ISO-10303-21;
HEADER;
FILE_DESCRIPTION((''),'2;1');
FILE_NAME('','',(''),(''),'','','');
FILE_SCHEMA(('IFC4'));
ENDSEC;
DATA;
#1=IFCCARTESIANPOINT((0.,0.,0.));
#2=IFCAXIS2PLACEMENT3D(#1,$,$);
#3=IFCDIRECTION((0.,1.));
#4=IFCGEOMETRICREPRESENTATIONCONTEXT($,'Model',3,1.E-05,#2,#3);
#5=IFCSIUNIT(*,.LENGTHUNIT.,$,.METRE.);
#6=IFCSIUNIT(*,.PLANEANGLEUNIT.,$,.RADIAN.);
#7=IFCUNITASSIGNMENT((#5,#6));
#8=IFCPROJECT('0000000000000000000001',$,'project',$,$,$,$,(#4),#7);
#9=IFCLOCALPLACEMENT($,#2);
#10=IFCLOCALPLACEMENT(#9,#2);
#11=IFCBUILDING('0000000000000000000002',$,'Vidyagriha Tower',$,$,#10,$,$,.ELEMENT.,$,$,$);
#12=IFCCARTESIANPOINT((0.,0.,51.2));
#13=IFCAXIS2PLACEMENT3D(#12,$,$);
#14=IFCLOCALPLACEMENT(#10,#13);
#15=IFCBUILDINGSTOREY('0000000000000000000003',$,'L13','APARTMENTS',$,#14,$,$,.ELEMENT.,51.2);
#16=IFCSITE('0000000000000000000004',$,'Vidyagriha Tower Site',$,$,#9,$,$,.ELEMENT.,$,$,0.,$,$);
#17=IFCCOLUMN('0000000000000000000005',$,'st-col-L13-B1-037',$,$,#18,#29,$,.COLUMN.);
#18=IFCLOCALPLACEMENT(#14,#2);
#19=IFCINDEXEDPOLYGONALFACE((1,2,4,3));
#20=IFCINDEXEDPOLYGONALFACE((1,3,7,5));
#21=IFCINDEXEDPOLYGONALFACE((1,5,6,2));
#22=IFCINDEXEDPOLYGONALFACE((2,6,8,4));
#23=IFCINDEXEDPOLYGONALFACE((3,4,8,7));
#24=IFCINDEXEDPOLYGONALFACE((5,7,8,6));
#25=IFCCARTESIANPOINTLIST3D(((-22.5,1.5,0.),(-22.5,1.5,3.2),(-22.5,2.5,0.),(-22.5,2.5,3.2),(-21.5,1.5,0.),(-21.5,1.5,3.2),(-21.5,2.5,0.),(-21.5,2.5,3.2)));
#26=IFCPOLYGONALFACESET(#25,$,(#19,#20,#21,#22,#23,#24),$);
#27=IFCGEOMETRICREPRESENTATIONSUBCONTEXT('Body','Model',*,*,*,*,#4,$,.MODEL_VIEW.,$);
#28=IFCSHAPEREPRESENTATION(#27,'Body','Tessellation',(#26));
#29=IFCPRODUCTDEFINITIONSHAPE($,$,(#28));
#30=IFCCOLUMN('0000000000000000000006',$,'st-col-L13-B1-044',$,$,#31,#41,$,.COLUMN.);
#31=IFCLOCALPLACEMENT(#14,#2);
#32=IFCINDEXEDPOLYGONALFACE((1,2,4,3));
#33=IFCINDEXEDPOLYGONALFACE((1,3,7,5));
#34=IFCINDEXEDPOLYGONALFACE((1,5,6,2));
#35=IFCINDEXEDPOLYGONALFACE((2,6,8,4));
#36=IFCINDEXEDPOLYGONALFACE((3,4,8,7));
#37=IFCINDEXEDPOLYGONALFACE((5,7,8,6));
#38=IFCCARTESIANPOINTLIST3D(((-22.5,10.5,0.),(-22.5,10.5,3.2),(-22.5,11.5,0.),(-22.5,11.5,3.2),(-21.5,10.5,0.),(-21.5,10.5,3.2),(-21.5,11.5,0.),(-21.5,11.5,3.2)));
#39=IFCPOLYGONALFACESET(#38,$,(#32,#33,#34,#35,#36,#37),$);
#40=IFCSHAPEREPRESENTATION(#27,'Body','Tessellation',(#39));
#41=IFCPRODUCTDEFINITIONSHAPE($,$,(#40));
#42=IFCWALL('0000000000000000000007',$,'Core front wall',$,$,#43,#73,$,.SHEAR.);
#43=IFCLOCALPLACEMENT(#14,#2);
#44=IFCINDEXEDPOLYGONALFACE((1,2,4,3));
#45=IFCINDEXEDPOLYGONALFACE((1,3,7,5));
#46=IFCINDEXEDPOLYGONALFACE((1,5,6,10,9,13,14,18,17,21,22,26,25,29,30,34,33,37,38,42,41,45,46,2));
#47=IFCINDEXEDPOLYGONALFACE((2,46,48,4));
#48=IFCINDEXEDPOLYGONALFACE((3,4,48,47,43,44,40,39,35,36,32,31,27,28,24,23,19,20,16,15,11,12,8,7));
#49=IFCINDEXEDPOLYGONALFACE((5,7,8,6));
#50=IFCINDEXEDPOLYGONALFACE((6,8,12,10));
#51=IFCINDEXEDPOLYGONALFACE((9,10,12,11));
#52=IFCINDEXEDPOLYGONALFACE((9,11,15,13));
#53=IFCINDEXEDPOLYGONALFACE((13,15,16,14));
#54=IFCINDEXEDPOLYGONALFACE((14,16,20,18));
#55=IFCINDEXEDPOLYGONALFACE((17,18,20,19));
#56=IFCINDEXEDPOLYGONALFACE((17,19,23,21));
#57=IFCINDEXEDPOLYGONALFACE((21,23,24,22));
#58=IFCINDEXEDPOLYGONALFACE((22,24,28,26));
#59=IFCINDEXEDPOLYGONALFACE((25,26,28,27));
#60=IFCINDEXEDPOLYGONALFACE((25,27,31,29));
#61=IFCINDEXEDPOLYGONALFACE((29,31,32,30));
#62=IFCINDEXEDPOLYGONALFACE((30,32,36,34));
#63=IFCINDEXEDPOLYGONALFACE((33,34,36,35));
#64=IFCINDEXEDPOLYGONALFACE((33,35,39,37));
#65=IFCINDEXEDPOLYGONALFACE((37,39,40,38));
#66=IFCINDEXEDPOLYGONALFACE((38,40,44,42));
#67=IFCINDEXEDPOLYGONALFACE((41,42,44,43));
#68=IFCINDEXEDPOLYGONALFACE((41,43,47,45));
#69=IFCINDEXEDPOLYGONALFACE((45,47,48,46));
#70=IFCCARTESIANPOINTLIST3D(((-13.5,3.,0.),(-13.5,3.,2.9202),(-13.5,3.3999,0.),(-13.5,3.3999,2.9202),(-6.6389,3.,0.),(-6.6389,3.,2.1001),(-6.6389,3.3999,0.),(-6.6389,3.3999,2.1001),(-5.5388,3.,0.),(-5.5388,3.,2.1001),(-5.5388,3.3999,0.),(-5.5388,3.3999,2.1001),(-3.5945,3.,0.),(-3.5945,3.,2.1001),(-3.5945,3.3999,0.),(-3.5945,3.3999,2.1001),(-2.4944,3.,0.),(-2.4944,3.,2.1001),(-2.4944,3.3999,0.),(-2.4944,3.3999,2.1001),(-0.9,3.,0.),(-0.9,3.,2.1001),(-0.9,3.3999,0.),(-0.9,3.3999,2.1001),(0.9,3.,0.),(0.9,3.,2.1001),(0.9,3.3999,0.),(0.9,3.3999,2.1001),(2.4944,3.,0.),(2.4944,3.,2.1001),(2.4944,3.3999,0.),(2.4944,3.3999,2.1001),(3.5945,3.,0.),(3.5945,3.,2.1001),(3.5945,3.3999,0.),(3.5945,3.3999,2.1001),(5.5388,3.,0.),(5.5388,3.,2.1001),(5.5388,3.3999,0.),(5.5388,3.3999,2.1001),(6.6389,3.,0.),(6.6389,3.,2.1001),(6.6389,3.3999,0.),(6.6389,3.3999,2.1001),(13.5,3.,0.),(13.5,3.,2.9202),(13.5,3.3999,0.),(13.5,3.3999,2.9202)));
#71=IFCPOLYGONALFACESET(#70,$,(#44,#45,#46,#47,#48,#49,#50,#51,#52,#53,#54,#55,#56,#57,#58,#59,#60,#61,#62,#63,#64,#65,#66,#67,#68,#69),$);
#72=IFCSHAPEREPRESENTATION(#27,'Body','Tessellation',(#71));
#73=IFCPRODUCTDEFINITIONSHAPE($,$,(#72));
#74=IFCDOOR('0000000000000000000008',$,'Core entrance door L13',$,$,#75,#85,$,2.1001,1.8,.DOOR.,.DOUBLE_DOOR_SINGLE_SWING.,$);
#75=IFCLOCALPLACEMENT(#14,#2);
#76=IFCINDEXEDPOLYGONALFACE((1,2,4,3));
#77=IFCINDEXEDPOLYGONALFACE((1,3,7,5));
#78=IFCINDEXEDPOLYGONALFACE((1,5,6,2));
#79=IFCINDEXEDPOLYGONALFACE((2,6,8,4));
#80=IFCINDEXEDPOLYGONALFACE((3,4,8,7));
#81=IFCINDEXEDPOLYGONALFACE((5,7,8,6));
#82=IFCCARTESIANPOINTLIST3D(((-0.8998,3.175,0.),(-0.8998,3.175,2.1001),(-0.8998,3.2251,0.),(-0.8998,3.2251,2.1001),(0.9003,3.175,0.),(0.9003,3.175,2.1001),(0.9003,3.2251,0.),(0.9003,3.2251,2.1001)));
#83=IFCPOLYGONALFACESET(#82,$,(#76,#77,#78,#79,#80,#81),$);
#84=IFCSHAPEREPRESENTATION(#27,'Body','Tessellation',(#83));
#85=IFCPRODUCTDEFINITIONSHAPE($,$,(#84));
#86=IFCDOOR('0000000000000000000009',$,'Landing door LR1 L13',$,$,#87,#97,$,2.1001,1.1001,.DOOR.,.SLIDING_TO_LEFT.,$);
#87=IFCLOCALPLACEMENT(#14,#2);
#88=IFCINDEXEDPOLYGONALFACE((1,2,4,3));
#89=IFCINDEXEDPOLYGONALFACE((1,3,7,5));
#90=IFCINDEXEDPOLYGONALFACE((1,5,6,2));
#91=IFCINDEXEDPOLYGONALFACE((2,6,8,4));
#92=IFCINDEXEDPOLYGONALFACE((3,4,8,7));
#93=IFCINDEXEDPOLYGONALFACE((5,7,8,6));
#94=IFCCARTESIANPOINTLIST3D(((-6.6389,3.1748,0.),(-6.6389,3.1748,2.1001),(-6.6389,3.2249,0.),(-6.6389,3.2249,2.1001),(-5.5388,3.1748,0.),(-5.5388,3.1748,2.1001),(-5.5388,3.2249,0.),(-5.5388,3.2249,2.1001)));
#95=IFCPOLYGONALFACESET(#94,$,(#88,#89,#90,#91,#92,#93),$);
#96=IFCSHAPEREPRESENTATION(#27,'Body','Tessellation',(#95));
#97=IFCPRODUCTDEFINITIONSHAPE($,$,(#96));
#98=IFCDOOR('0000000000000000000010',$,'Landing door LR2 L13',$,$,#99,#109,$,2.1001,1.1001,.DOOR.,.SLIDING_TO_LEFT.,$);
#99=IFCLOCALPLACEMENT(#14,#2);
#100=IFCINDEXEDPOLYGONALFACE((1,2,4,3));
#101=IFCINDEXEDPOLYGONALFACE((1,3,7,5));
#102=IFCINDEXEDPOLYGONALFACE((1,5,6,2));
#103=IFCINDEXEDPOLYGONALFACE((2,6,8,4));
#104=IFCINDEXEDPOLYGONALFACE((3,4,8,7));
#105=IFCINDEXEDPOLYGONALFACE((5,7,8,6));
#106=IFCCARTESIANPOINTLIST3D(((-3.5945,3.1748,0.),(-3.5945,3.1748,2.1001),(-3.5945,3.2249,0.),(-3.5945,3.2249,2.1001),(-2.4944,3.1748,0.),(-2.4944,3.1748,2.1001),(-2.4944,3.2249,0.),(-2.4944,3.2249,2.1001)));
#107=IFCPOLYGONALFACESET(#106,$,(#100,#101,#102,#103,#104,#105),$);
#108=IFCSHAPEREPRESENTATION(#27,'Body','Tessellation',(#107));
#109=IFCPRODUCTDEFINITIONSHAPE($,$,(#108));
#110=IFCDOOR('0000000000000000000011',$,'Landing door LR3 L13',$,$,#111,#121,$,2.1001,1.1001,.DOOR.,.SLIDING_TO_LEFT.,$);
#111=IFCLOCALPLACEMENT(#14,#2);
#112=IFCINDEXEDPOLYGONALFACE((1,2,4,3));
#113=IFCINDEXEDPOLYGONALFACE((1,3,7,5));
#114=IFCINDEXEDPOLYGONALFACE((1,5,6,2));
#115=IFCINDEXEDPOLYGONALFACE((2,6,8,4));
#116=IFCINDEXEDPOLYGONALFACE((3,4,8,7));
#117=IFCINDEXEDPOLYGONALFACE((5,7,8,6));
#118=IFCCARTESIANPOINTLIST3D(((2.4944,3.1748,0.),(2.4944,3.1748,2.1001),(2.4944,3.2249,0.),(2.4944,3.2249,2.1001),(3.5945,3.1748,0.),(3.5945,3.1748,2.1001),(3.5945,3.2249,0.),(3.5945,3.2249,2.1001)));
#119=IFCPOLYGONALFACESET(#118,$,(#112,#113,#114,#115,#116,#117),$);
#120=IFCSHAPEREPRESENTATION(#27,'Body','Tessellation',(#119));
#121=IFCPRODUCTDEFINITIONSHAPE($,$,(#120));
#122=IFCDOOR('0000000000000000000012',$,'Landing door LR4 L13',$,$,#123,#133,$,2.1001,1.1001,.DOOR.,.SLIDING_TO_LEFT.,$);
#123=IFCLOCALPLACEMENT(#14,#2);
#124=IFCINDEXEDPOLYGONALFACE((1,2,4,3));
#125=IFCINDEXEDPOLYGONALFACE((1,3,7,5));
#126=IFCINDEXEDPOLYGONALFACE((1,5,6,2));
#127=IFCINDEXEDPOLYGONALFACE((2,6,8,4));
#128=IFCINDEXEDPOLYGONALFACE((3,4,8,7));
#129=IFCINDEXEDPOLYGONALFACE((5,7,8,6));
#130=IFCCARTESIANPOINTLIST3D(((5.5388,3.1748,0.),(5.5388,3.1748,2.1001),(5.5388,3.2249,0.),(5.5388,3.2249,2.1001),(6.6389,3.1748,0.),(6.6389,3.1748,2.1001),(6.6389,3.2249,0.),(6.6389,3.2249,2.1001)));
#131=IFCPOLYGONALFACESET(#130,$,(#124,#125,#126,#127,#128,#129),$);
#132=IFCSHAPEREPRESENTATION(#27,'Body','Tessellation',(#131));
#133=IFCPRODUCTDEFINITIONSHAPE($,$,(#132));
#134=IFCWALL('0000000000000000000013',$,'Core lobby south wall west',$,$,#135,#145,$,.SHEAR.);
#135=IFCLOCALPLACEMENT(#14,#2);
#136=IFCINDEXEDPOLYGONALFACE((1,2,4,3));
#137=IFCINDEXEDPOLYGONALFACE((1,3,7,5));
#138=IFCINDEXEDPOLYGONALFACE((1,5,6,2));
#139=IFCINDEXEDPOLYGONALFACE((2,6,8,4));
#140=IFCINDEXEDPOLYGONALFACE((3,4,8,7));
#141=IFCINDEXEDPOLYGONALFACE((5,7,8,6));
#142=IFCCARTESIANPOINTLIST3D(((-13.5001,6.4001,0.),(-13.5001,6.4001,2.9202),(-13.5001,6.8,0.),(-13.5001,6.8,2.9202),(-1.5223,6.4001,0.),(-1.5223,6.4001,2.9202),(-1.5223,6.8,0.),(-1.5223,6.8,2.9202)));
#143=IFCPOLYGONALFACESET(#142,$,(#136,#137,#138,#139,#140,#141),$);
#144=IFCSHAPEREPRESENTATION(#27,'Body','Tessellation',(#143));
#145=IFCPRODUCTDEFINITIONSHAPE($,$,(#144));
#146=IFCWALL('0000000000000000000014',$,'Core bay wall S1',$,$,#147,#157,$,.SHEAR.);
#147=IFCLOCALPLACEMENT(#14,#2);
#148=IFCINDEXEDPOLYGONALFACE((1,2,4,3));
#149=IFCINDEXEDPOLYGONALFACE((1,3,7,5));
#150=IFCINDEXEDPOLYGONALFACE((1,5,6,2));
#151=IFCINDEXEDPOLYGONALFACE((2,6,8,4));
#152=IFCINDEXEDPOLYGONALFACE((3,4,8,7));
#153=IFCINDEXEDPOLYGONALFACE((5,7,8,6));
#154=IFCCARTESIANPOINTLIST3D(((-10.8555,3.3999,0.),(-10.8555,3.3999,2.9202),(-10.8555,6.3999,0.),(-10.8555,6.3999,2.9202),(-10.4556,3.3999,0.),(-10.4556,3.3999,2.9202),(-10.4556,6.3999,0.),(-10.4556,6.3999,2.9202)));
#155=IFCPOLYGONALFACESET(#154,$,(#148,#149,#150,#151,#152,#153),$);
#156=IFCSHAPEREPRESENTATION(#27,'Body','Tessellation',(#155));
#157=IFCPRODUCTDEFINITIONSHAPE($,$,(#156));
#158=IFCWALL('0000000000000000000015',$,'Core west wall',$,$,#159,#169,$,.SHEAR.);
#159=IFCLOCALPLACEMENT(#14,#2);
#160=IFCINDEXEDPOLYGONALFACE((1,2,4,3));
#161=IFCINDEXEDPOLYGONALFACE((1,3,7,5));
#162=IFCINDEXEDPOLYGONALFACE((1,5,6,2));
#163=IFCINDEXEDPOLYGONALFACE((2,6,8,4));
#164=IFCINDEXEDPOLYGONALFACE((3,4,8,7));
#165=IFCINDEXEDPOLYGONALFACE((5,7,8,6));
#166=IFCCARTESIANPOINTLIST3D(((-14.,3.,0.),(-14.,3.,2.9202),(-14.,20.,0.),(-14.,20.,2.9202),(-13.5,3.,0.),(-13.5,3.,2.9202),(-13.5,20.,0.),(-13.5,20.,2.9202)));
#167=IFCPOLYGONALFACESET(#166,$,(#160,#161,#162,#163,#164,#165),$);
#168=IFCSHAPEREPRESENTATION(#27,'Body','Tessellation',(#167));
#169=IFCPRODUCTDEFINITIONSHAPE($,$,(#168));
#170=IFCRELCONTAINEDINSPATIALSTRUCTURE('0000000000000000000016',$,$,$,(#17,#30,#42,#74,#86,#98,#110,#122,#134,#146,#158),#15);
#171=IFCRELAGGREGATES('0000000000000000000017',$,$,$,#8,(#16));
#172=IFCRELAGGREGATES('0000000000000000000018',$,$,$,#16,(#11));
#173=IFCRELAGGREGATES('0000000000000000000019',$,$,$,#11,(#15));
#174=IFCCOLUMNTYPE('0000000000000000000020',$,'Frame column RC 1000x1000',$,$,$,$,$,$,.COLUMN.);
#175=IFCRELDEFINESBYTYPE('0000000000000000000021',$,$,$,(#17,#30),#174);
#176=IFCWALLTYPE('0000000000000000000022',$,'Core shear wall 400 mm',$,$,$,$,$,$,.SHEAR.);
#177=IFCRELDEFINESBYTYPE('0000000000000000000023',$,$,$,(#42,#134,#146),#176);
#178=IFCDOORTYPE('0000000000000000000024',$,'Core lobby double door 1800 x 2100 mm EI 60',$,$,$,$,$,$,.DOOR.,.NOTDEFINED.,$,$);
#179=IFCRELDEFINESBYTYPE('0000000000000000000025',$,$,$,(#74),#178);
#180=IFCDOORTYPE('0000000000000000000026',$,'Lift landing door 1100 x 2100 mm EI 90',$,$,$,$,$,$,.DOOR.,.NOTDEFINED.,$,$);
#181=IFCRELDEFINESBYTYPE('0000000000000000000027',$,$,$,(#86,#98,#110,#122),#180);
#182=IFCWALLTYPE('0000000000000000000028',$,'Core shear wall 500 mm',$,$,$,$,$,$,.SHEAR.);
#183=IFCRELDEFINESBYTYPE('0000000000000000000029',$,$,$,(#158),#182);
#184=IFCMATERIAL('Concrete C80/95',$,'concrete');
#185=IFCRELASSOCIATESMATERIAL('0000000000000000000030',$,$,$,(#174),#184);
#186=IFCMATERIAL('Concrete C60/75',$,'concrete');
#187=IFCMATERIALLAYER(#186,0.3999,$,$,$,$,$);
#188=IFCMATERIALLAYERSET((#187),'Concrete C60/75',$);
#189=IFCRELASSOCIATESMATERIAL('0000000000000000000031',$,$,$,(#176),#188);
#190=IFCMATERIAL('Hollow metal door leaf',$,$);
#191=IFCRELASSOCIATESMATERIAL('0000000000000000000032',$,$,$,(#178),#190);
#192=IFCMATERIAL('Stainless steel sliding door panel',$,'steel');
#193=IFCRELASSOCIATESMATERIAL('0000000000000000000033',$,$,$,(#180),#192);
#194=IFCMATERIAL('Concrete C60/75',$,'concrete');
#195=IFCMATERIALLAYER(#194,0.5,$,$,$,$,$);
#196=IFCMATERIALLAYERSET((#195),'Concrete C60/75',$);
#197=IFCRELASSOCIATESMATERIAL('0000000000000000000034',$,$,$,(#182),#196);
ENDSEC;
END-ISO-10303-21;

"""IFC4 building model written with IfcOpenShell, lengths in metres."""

from ifc_helpers import new_model, si_unit, direction, frame, frame_2d, origin, origin_2d, place, context, subcontext, project, spatial, rectangle, extrude, material, layer, layer_set, material_profile, profile_set, type_object, element, fill, save


model = new_model("IFC4")

# Units and contexts
model_context = context("Model", 3, precision=1e-05, world=origin(), true_north=direction((0.0, 1.0)))
body_context = subcontext(model_context, "Body", "Model", "MODEL_VIEW")
ifc_project = project(units=[si_unit("LENGTHUNIT", "METRE"), si_unit("PLANEANGLEUNIT", "RADIAN")], contexts=[model_context])

# Site, building, storey
site_placement = place(None, origin())
site = spatial("IfcSite", under=ifc_project, at=site_placement, Name="Vidyagriha Tower Site", CompositionType="ELEMENT", RefElevation=0.0)
building_placement = place(site_placement, origin())
building = spatial("IfcBuilding", under=site, at=building_placement, Name="Vidyagriha Tower", CompositionType="ELEMENT")
storey_placement = place(building_placement, frame((0.0, 0.0, 51.2)))
storey = spatial("IfcBuildingStorey", under=building, at=storey_placement, Name="L13", Description="APARTMENTS", CompositionType="ELEMENT", Elevation=51.2)

# Columns
ifc_material_1 = material(Name="Concrete C80/95", Category="concrete")
ifc_material_profile = material_profile(ifc_material_1, rectangle(XDim=1.0, YDim=1.0, at=origin_2d()), Name="RC 1000x1000")
ifc_profile_set = profile_set([ifc_material_profile], Name="Concrete C80/95")
column_type = type_object("IfcColumnType", Name="Frame column RC 1000x1000", PredefinedType="COLUMN", material=ifc_profile_set)
for number, where, name in (
    (1, (-22.0, 2.0, 0.0), "st-col-L13-B1-037"),
    (2, (-22.0, 11.0, 0.0), "st-col-L13-B1-044"),
):
    element("IfcColumn", number, at=place(storey_placement, frame(where)), inside=storey, type_object=column_type, Name=name, PredefinedType="COLUMN", context=body_context, shape_type="SweptSolid", body=[
        extrude(rectangle(XDim=1.0, YDim=1.0, at=origin_2d()), origin(), (0.0, 0.0, 1.0), 3.2),
    ])

# Wall, openings, doors
ifc_material_2 = material(Name="Concrete C60/75", Category="concrete")
ifc_layer_1 = layer(ifc_material_2, 0.3999)
ifc_layer_set_1 = layer_set([ifc_layer_1], Name="Concrete C60/75")
wall_type_1 = type_object("IfcWallType", Name="Core shear wall 400 mm", PredefinedType="SHEAR", material=ifc_layer_set_1)
wall_1_placement = place(storey_placement, frame((-13.5, 3.2, 0.0)))
wall_1 = element("IfcWall", 3, at=wall_1_placement, inside=storey, type_object=wall_type_1, Name="Core front wall", PredefinedType="SHEAR", context=body_context, shape_type="SweptSolid", body=[
    extrude(rectangle(XDim=27.0, YDim=0.3999, at=frame_2d((13.5, 0.0))), origin(), (0.0, 0.0, 1.0), 2.9202),
])
opening_1_placement = place(wall_1_placement, frame((6.8611, 0.0, 0.0)))
opening_1 = element("IfcOpeningElement", 4, at=opening_1_placement, cuts=wall_1, PredefinedType="OPENING", context=body_context, shape_type="SweptSolid", body=[
    extrude(rectangle(XDim=1.1001, YDim=2.1001, at=frame_2d((0.55, 1.05))), frame((0.0, 0.21, 0.0), z_axis=(0.0, -1.0, 0.0), x_axis=(1.0, 0.0, 0.0)), (0.0, 0.0, 1.0), 0.4199),
])
opening_2_placement = place(wall_1_placement, frame((9.9055, 0.0, 0.0)))
opening_2 = element("IfcOpeningElement", 5, at=opening_2_placement, cuts=wall_1, PredefinedType="OPENING", context=body_context, shape_type="SweptSolid", body=[
    extrude(rectangle(XDim=1.1001, YDim=2.1001, at=frame_2d((0.55, 1.05))), frame((0.0, 0.21, 0.0), z_axis=(0.0, -1.0, 0.0), x_axis=(1.0, 0.0, 0.0)), (0.0, 0.0, 1.0), 0.4199),
])
opening_3_placement = place(wall_1_placement, frame((15.9944, 0.0, 0.0)))
opening_3 = element("IfcOpeningElement", 6, at=opening_3_placement, cuts=wall_1, PredefinedType="OPENING", context=body_context, shape_type="SweptSolid", body=[
    extrude(rectangle(XDim=1.1001, YDim=2.1001, at=frame_2d((0.55, 1.05))), frame((0.0, 0.21, 0.0), z_axis=(0.0, -1.0, 0.0), x_axis=(1.0, 0.0, 0.0)), (0.0, 0.0, 1.0), 0.4199),
])
opening_4_placement = place(wall_1_placement, frame((19.0388, 0.0, 0.0)))
opening_4 = element("IfcOpeningElement", 7, at=opening_4_placement, cuts=wall_1, PredefinedType="OPENING", context=body_context, shape_type="SweptSolid", body=[
    extrude(rectangle(XDim=1.1001, YDim=2.1001, at=frame_2d((0.55, 1.05))), frame((0.0, 0.21, 0.0), z_axis=(0.0, -1.0, 0.0), x_axis=(1.0, 0.0, 0.0)), (0.0, 0.0, 1.0), 0.4199),
])
opening_5_placement = place(wall_1_placement, frame((12.6001, 0.0, 0.0)))
opening_5 = element("IfcOpeningElement", 8, at=opening_5_placement, cuts=wall_1, PredefinedType="OPENING", context=body_context, shape_type="SweptSolid", body=[
    extrude(rectangle(XDim=1.8, YDim=2.1001, at=frame_2d((0.8999, 1.05))), frame((0.0, 0.21, 0.0), z_axis=(0.0, -1.0, 0.0), x_axis=(1.0, 0.0, 0.0)), (0.0, 0.0, 1.0), 0.4199),
])
ifc_material_3 = material(Name="Hollow metal door leaf")
door_type_1 = type_object("IfcDoorType", Name="Core lobby double door 1800 x 2100 mm EI 60", OperationType="NOTDEFINED", PredefinedType="DOOR", material=ifc_material_3)
door_1_placement = place(opening_5_placement, frame((1.8, 0.0, 0.0), z_axis=(0.0, 0.0, 1.0), x_axis=(-1.0, 0.0, 0.0)))
door_1 = element("IfcDoor", 9, at=door_1_placement, inside=storey, type_object=door_type_1, Name="Core entrance door L13", OperationType="DOUBLE_DOOR_SINGLE_SWING", OverallHeight=2.1001, OverallWidth=1.8, PredefinedType="DOOR", context=body_context, shape_type="SweptSolid", body=[
    extrude(rectangle(XDim=1.8, YDim=2.1001, at=frame_2d((0.8999, 1.05))), frame((0.0, 0.0249, 0.0), z_axis=(0.0, -1.0, 0.0), x_axis=(1.0, 0.0, 0.0)), (0.0, 0.0, 1.0), 0.05),
])
fill(opening_5, door_1)
ifc_material_4 = material(Name="Stainless steel sliding door panel", Category="steel")
door_type_2 = type_object("IfcDoorType", Name="Lift landing door 1100 x 2100 mm EI 90", OperationType="NOTDEFINED", PredefinedType="DOOR", material=ifc_material_4)
door_2_placement = place(opening_1_placement, origin())
door_2 = element("IfcDoor", 10, at=door_2_placement, inside=storey, type_object=door_type_2, Name="Landing door LR1 L13", OperationType="SLIDING_TO_LEFT", OverallHeight=2.1001, OverallWidth=1.1001, PredefinedType="DOOR", context=body_context, shape_type="SweptSolid", body=[
    extrude(rectangle(XDim=1.1001, YDim=2.1001, at=frame_2d((0.55, 1.05))), frame((0.0, 0.0249, 0.0), z_axis=(0.0, -1.0, 0.0), x_axis=(1.0, 0.0, 0.0)), (0.0, 0.0, 1.0), 0.05),
])
fill(opening_1, door_2)
door_3_placement = place(opening_2_placement, origin())
door_3 = element("IfcDoor", 11, at=door_3_placement, inside=storey, type_object=door_type_2, Name="Landing door LR2 L13", OperationType="SLIDING_TO_LEFT", OverallHeight=2.1001, OverallWidth=1.1001, PredefinedType="DOOR", context=body_context, shape_type="SweptSolid", body=[
    extrude(rectangle(XDim=1.1001, YDim=2.1001, at=frame_2d((0.55, 1.05))), frame((0.0, 0.0249, 0.0), z_axis=(0.0, -1.0, 0.0), x_axis=(1.0, 0.0, 0.0)), (0.0, 0.0, 1.0), 0.05),
])
fill(opening_2, door_3)
door_4_placement = place(opening_3_placement, origin())
door_4 = element("IfcDoor", 12, at=door_4_placement, inside=storey, type_object=door_type_2, Name="Landing door LR3 L13", OperationType="SLIDING_TO_LEFT", OverallHeight=2.1001, OverallWidth=1.1001, PredefinedType="DOOR", context=body_context, shape_type="SweptSolid", body=[
    extrude(rectangle(XDim=1.1001, YDim=2.1001, at=frame_2d((0.55, 1.05))), frame((0.0, 0.0249, 0.0), z_axis=(0.0, -1.0, 0.0), x_axis=(1.0, 0.0, 0.0)), (0.0, 0.0, 1.0), 0.05),
])
fill(opening_3, door_4)
door_5_placement = place(opening_4_placement, origin())
door_5 = element("IfcDoor", 13, at=door_5_placement, inside=storey, type_object=door_type_2, Name="Landing door LR4 L13", OperationType="SLIDING_TO_LEFT", OverallHeight=2.1001, OverallWidth=1.1001, PredefinedType="DOOR", context=body_context, shape_type="SweptSolid", body=[
    extrude(rectangle(XDim=1.1001, YDim=2.1001, at=frame_2d((0.55, 1.05))), frame((0.0, 0.0249, 0.0), z_axis=(0.0, -1.0, 0.0), x_axis=(1.0, 0.0, 0.0)), (0.0, 0.0, 1.0), 0.05),
])
fill(opening_4, door_5)

# Walls
wall_2_placement = place(storey_placement, frame((-13.5, 6.6001, 0.0)))
element("IfcWall", 14, at=wall_2_placement, inside=storey, type_object=wall_type_1, Name="Core lobby south wall west", PredefinedType="SHEAR", context=body_context, shape_type="SweptSolid", body=[
    extrude(rectangle(XDim=11.9778, YDim=0.3999, at=frame_2d((5.9888, 0.0))), origin(), (0.0, 0.0, 1.0), 2.9202),
])
wall_3_placement = place(storey_placement, frame((-10.6555, 3.3999, 0.0), z_axis=(0.0, 0.0, 1.0), x_axis=(0.0, 1.0, 0.0)))
element("IfcWall", 15, at=wall_3_placement, inside=storey, type_object=wall_type_1, Name="Core bay wall S1", PredefinedType="SHEAR", context=body_context, shape_type="SweptSolid", body=[
    extrude(rectangle(XDim=3.0, YDim=0.3999, at=frame_2d((1.5, 0.0))), origin(), (0.0, 0.0, 1.0), 2.9202),
])
ifc_material_5 = material(Name="Concrete C60/75", Category="concrete")
ifc_layer_2 = layer(ifc_material_5, 0.5)
ifc_layer_set_2 = layer_set([ifc_layer_2], Name="Concrete C60/75")
wall_type_2 = type_object("IfcWallType", Name="Core shear wall 500 mm", PredefinedType="SHEAR", material=ifc_layer_set_2)
wall_4_placement = place(storey_placement, frame((-13.75, 3.0, 0.0), z_axis=(0.0, 0.0, 1.0), x_axis=(0.0, 1.0, 0.0)))
element("IfcWall", 16, at=wall_4_placement, inside=storey, type_object=wall_type_2, Name="Core west wall", PredefinedType="SHEAR", context=body_context, shape_type="SweptSolid", body=[
    extrude(rectangle(XDim=17.0, YDim=0.5, at=frame_2d((8.5, 0.0))), origin(), (0.0, 0.0, 1.0), 2.9202),
])

save(model, "model.ifc")
